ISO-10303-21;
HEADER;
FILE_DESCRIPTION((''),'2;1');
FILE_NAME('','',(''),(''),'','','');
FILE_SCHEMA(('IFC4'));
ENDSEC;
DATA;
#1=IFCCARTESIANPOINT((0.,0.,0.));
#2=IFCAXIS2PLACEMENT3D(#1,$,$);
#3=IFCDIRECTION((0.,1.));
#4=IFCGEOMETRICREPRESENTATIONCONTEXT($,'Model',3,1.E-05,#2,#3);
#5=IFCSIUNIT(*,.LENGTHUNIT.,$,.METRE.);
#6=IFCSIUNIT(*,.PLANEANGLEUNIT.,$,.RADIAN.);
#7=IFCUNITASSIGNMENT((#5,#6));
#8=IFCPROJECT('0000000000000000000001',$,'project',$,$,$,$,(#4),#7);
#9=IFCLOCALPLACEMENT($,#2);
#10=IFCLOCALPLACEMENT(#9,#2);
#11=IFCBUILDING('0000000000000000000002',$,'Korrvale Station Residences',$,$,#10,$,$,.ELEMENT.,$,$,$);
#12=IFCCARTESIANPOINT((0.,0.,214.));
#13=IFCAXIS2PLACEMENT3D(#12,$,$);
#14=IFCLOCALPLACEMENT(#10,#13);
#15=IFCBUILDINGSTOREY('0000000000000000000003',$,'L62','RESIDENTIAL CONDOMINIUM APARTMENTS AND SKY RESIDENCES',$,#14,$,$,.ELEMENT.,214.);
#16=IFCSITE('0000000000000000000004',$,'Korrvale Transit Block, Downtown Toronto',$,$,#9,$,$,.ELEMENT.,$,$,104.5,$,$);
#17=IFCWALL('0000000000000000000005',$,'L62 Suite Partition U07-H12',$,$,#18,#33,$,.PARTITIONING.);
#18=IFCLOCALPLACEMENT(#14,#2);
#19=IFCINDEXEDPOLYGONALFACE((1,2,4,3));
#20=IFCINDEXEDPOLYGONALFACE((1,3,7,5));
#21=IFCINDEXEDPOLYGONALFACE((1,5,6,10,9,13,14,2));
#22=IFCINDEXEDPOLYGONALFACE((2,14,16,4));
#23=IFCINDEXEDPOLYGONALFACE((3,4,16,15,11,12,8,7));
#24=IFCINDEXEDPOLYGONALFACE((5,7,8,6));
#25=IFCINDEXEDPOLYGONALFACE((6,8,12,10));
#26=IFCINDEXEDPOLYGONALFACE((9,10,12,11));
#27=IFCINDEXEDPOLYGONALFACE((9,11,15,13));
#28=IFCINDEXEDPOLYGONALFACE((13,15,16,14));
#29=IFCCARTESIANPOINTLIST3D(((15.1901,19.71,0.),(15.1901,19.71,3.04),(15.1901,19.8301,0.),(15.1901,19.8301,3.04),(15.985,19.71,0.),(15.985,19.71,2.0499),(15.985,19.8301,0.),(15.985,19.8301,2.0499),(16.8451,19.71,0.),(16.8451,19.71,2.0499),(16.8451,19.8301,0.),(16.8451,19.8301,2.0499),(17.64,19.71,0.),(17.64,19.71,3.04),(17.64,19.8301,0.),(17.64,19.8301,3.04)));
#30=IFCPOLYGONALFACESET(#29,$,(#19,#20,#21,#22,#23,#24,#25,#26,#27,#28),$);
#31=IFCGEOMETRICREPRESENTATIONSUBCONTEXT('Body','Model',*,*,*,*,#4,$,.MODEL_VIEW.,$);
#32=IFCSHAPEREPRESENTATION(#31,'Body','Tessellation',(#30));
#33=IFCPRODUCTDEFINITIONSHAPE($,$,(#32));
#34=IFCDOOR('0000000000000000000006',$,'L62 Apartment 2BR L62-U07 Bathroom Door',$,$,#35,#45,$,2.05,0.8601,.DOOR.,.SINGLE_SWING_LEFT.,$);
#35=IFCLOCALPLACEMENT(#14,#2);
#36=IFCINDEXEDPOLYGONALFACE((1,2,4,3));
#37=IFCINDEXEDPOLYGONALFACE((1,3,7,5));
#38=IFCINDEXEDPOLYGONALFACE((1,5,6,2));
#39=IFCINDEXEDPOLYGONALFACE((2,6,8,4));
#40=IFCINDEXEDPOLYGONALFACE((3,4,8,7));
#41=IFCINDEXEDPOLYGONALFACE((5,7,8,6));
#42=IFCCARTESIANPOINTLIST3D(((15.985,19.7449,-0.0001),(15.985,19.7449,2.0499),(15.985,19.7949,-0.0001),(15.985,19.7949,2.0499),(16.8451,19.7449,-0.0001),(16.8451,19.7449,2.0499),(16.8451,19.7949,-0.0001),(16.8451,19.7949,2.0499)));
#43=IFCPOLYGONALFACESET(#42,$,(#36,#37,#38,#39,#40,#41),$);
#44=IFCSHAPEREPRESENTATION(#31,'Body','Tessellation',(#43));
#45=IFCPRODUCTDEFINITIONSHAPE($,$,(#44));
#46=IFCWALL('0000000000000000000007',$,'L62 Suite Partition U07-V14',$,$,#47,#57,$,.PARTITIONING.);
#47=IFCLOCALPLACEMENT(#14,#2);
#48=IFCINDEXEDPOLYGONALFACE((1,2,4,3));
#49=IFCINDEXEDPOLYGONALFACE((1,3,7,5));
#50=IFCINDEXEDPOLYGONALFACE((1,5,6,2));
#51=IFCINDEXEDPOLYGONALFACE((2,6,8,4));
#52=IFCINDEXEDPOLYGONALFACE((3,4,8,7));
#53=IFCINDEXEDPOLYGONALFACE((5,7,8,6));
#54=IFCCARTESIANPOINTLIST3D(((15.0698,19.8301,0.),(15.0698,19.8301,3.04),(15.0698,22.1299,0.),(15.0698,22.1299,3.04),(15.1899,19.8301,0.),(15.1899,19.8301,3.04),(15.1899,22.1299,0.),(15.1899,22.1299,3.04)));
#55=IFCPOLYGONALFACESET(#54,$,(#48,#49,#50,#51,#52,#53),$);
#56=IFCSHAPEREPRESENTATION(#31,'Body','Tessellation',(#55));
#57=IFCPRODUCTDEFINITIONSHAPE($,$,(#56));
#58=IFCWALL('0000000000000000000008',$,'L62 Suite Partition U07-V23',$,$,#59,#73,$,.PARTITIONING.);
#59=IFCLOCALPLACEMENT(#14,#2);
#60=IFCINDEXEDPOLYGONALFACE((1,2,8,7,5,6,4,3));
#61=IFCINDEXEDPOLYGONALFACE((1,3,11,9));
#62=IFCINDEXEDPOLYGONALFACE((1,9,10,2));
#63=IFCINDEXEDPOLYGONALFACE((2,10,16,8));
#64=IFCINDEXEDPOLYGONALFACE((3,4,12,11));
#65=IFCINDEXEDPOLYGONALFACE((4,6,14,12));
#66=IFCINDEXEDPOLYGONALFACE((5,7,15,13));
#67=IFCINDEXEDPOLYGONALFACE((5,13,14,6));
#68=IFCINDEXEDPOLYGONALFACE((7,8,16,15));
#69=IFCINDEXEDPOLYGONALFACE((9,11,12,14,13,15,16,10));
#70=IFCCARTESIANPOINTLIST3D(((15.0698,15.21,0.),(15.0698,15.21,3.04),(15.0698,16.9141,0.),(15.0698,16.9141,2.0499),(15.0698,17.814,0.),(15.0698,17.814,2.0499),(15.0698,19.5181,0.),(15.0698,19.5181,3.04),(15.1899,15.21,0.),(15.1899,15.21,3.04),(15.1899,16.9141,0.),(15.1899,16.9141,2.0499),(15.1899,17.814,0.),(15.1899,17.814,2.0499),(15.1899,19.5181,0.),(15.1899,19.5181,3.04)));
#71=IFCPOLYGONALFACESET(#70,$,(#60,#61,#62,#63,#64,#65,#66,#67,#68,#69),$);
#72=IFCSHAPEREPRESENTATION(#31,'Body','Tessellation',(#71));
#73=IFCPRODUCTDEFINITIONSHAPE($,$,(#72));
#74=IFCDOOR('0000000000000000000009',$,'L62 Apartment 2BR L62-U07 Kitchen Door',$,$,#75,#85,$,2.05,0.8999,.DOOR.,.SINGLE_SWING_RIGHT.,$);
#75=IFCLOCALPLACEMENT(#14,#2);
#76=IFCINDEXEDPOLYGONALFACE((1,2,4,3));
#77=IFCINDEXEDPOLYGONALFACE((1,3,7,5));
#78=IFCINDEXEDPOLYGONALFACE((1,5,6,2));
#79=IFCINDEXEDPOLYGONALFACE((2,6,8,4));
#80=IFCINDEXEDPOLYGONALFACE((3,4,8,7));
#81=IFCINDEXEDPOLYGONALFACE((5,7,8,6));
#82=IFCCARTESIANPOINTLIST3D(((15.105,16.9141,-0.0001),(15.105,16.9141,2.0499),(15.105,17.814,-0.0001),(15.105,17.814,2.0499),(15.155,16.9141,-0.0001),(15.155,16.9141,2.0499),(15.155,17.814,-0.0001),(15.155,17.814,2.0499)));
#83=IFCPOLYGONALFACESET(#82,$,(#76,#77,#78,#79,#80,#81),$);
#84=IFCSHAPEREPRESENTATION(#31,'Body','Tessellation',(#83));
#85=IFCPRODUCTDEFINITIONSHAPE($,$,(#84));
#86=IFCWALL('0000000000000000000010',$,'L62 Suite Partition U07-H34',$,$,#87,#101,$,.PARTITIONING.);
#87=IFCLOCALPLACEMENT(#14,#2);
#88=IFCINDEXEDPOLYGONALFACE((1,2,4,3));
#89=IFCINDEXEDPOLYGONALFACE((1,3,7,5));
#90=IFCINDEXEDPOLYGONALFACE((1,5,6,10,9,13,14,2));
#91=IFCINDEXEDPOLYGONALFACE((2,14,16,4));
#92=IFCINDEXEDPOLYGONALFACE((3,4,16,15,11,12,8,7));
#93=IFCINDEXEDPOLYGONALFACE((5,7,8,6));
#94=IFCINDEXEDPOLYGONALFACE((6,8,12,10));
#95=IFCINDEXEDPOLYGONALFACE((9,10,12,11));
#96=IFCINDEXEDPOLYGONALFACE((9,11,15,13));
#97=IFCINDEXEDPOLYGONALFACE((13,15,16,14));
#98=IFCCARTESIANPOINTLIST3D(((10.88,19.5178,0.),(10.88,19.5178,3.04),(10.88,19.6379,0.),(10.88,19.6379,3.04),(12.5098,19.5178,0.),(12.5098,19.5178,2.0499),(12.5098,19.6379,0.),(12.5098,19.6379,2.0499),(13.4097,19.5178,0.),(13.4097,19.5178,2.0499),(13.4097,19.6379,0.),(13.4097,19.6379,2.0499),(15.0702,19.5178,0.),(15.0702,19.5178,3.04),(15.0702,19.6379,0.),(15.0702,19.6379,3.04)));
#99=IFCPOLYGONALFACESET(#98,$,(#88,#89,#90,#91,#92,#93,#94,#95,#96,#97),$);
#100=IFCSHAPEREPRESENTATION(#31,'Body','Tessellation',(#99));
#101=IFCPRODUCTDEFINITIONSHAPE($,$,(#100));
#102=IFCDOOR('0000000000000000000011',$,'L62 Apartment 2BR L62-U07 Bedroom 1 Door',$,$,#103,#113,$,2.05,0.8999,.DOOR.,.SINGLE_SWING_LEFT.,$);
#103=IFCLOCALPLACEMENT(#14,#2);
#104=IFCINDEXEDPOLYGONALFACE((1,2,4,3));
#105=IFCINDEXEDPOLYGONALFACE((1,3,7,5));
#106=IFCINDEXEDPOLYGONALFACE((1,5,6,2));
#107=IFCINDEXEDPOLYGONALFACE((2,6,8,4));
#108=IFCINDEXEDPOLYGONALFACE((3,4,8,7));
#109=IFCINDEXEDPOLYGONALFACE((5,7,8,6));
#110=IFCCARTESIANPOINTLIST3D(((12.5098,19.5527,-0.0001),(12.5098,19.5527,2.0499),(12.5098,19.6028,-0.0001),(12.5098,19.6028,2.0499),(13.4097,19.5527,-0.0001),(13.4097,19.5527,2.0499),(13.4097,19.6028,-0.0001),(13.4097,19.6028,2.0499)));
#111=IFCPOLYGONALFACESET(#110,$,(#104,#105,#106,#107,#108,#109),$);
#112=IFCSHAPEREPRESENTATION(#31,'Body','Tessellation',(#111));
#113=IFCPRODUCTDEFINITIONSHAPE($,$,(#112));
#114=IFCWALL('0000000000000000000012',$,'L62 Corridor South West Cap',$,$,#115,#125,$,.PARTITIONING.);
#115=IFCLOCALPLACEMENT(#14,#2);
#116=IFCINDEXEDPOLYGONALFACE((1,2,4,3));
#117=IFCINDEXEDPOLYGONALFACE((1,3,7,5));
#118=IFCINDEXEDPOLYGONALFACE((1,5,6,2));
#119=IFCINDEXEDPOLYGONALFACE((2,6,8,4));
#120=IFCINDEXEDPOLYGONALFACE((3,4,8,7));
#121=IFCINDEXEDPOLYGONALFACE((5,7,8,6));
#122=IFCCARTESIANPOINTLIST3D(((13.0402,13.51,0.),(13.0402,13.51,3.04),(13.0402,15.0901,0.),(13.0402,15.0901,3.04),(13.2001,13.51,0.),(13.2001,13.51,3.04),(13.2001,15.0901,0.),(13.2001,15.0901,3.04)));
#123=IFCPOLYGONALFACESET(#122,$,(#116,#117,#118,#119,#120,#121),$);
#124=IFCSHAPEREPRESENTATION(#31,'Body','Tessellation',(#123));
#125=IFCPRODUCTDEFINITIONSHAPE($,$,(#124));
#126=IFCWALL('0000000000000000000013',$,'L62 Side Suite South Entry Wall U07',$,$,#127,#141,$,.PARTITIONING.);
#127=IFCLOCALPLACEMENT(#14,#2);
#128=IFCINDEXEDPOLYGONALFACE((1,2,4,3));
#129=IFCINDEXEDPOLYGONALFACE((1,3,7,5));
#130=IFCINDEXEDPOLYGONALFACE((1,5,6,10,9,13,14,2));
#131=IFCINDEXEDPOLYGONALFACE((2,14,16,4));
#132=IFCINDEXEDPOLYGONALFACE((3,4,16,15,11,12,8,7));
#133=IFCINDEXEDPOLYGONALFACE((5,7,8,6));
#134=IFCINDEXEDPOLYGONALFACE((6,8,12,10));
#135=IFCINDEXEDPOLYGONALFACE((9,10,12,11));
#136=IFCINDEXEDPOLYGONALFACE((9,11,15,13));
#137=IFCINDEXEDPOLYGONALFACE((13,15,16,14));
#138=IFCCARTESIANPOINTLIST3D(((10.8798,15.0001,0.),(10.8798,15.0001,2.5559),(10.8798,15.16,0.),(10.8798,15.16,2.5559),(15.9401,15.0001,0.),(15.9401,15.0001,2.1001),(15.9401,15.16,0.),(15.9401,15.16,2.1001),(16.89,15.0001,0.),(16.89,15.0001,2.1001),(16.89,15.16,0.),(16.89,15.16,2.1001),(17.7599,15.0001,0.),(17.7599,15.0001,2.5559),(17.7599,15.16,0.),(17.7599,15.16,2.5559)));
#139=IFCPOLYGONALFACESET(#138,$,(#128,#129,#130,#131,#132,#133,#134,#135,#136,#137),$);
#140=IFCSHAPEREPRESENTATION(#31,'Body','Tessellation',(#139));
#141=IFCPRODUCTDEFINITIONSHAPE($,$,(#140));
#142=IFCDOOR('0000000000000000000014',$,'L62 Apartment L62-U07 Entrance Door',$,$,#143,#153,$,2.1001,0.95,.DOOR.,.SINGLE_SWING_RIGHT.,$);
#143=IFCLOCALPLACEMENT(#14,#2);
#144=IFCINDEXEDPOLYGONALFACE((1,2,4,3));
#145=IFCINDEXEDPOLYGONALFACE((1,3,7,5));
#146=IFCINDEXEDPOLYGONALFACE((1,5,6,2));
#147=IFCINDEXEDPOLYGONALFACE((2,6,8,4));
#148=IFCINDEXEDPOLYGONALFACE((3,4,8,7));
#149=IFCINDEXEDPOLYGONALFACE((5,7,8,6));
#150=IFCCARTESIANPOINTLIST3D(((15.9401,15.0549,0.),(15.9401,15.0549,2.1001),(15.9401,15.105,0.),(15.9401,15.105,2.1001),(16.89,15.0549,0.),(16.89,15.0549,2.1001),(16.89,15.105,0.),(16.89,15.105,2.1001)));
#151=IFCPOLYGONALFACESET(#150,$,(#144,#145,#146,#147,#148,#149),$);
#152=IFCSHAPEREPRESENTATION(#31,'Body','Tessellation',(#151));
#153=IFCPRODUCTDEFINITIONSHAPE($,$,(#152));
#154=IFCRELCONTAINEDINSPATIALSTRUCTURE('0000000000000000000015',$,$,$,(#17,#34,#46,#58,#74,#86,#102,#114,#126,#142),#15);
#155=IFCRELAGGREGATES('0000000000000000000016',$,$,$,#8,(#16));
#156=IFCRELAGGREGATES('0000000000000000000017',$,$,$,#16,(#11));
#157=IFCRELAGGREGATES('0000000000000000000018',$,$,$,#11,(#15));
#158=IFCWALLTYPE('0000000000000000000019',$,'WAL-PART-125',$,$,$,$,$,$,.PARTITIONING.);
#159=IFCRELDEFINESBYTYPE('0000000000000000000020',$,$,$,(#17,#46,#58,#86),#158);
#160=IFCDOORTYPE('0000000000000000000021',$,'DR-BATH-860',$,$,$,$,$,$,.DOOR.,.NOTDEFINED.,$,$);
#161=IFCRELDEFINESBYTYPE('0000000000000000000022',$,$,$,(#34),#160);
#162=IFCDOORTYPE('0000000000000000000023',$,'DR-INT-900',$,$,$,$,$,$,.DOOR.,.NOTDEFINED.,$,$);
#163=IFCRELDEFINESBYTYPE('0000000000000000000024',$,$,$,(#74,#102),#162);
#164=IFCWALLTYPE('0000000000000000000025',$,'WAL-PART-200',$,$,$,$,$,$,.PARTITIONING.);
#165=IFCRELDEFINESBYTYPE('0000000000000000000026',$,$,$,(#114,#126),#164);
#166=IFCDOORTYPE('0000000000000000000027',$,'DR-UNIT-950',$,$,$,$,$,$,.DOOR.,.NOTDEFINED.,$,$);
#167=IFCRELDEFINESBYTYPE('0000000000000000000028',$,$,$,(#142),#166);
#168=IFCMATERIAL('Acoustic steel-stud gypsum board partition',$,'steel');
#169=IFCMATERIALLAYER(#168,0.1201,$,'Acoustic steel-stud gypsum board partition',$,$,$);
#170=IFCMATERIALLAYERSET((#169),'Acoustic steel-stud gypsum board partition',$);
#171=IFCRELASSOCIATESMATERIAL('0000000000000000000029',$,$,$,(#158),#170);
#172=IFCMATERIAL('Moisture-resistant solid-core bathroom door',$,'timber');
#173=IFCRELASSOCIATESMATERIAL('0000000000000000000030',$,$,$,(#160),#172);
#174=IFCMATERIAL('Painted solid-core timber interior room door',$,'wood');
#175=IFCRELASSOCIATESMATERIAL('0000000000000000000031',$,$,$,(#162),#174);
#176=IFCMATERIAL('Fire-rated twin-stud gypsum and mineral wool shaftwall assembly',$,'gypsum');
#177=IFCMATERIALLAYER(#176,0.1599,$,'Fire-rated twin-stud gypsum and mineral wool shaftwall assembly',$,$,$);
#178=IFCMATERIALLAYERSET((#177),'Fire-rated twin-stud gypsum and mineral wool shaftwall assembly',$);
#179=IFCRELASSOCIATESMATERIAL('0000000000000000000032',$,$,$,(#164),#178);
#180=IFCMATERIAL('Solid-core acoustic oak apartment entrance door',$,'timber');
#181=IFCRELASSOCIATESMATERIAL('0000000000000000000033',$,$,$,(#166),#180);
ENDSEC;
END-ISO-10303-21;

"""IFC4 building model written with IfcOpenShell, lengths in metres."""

from ifc_helpers import new_model, si_unit, direction, frame, frame_2d, origin, place, context, subcontext, project, spatial, rectangle, extrude, material, layer, layer_set, type_object, element, fill, save


model = new_model("IFC4")

# Units and contexts
model_context = context("Model", 3, precision=1e-05, world=origin(), true_north=direction((0.0, 1.0)))
body_context = subcontext(model_context, "Body", "Model", "MODEL_VIEW")
ifc_project = project(units=[si_unit("LENGTHUNIT", "METRE"), si_unit("PLANEANGLEUNIT", "RADIAN")], contexts=[model_context])

# Site, building, storey
site_placement = place(None, origin())
site = spatial("IfcSite", under=ifc_project, at=site_placement, Name="Korrvale Transit Block, Downtown Toronto", CompositionType="ELEMENT", RefElevation=104.5)
building_placement = place(site_placement, origin())
building = spatial("IfcBuilding", under=site, at=building_placement, Name="Korrvale Station Residences", CompositionType="ELEMENT")
storey_placement = place(building_placement, frame((0.0, 0.0, 214.0)))
storey = spatial("IfcBuildingStorey", under=building, at=storey_placement, Name="L62", Description="RESIDENTIAL CONDOMINIUM APARTMENTS AND SKY RESIDENCES", CompositionType="ELEMENT", Elevation=214.0)

# Shared definitions
ifc_material_1 = material(Name="Acoustic steel-stud gypsum board partition", Category="steel")
ifc_layer_1 = layer(ifc_material_1, 0.1201, Name="Acoustic steel-stud gypsum board partition")
ifc_layer_set_1 = layer_set([ifc_layer_1], Name="Acoustic steel-stud gypsum board partition")
wall_type_1 = type_object("IfcWallType", Name="WAL-PART-125", PredefinedType="PARTITIONING", material=ifc_layer_set_1)

# Wall, opening, door
wall_1_placement = place(storey_placement, frame((15.1899, 19.77, 0.0), z_axis=(0.0, 0.0, 1.0), x_axis=(1.0, 0.0, 0.0)))
wall_1 = element("IfcWall", 1, at=wall_1_placement, inside=storey, type_object=wall_type_1, Name="L62 Suite Partition U07-H12", PredefinedType="PARTITIONING", context=body_context, shape_type="SweptSolid", body=[
    extrude(rectangle(XDim=2.45, YDim=0.1201, at=frame_2d((1.2251, 0.0))), origin(), (0.0, 0.0, 1.0), 3.04),
])
opening_1_placement = place(wall_1_placement, frame((0.7949, 0.0, 0.0)))
opening_1 = element("IfcOpeningElement", 2, at=opening_1_placement, cuts=wall_1, PredefinedType="OPENING", context=body_context, shape_type="SweptSolid", body=[
    extrude(rectangle(XDim=0.8601, YDim=2.05, at=frame_2d((0.4302, 1.0249))), frame((0.0, 0.0701, 0.0), z_axis=(0.0, -1.0, 0.0), x_axis=(1.0, 0.0, 0.0)), (0.0, 0.0, 1.0), 0.1401),
])
ifc_material_2 = material(Name="Moisture-resistant solid-core bathroom door", Category="timber")
door_type_1 = type_object("IfcDoorType", Name="DR-BATH-860", OperationType="NOTDEFINED", PredefinedType="DOOR", material=ifc_material_2)
door_1_placement = place(opening_1_placement, origin())
door_1 = element("IfcDoor", 3, at=door_1_placement, inside=storey, type_object=door_type_1, Name="L62 Apartment 2BR L62-U07 Bathroom Door", OperationType="SINGLE_SWING_LEFT", OverallHeight=2.05, OverallWidth=0.8601, PredefinedType="DOOR", context=body_context, shape_type="SweptSolid", body=[
    extrude(rectangle(XDim=0.8601, YDim=2.05, at=frame_2d((0.4302, 1.0249))), frame((0.0, 0.0249, 0.0), z_axis=(0.0, -1.0, 0.0), x_axis=(1.0, 0.0, 0.0)), (0.0, 0.0, 1.0), 0.05),
])
fill(opening_1, door_1)

# Wall
wall_2_placement = place(storey_placement, frame((15.1299, 19.8301, 0.0), z_axis=(0.0, 0.0, 1.0), x_axis=(0.0, 1.0, 0.0)))
element("IfcWall", 4, at=wall_2_placement, inside=storey, type_object=wall_type_1, Name="L62 Suite Partition U07-V14", PredefinedType="PARTITIONING", context=body_context, shape_type="SweptSolid", body=[
    extrude(rectangle(XDim=2.2998, YDim=0.1201, at=frame_2d((1.1499, 0.0))), origin(), (0.0, 0.0, 1.0), 3.04),
])

# Walls, openings, doors
wall_3_placement = place(storey_placement, frame((15.1299, 15.21, 0.0), z_axis=(0.0, 0.0, 1.0), x_axis=(0.0, 1.0, 0.0)))
wall_3 = element("IfcWall", 5, at=wall_3_placement, inside=storey, type_object=wall_type_1, Name="L62 Suite Partition U07-V23", PredefinedType="PARTITIONING", context=body_context, shape_type="SweptSolid", body=[
    extrude(rectangle(XDim=4.3081, YDim=0.1201, at=frame_2d((2.1541, 0.0))), origin(), (0.0, 0.0, 1.0), 3.04),
])
opening_2_placement = place(wall_3_placement, frame((1.7041, 0.0, 0.0)))
opening_2 = element("IfcOpeningElement", 6, at=opening_2_placement, cuts=wall_3, PredefinedType="OPENING", context=body_context, shape_type="SweptSolid", body=[
    extrude(rectangle(XDim=0.8999, YDim=2.05, at=frame_2d((0.45, 1.0249))), frame((0.0, 0.0701, 0.0), z_axis=(0.0, -1.0, 0.0), x_axis=(1.0, 0.0, 0.0)), (0.0, 0.0, 1.0), 0.1401),
])
ifc_material_3 = material(Name="Painted solid-core timber interior room door", Category="wood")
door_type_2 = type_object("IfcDoorType", Name="DR-INT-900", OperationType="NOTDEFINED", PredefinedType="DOOR", material=ifc_material_3)
door_2_placement = place(opening_2_placement, origin())
door_2 = element("IfcDoor", 7, at=door_2_placement, inside=storey, type_object=door_type_2, Name="L62 Apartment 2BR L62-U07 Kitchen Door", OperationType="SINGLE_SWING_RIGHT", OverallHeight=2.05, OverallWidth=0.8999, PredefinedType="DOOR", context=body_context, shape_type="SweptSolid", body=[
    extrude(rectangle(XDim=0.8999, YDim=2.05, at=frame_2d((0.45, 1.0249))), frame((0.0, 0.0249, 0.0), z_axis=(0.0, -1.0, 0.0), x_axis=(1.0, 0.0, 0.0)), (0.0, 0.0, 1.0), 0.05),
])
fill(opening_2, door_2)
wall_4_placement = place(storey_placement, frame((10.8799, 19.5779, 0.0), z_axis=(0.0, 0.0, 1.0), x_axis=(1.0, 0.0, 0.0)))
wall_4 = element("IfcWall", 8, at=wall_4_placement, inside=storey, type_object=wall_type_1, Name="L62 Suite Partition U07-H34", PredefinedType="PARTITIONING", context=body_context, shape_type="SweptSolid", body=[
    extrude(rectangle(XDim=4.1902, YDim=0.1201, at=frame_2d((2.0952, 0.0))), origin(), (0.0, 0.0, 1.0), 3.04),
])
opening_3_placement = place(wall_4_placement, frame((1.6299, 0.0, 0.0)))
opening_3 = element("IfcOpeningElement", 9, at=opening_3_placement, cuts=wall_4, PredefinedType="OPENING", context=body_context, shape_type="SweptSolid", body=[
    extrude(rectangle(XDim=0.8999, YDim=2.05, at=frame_2d((0.45, 1.0249))), frame((0.0, 0.0701, 0.0), z_axis=(0.0, -1.0, 0.0), x_axis=(1.0, 0.0, 0.0)), (0.0, 0.0, 1.0), 0.1401),
])
door_3_placement = place(opening_3_placement, origin())
door_3 = element("IfcDoor", 10, at=door_3_placement, inside=storey, type_object=door_type_2, Name="L62 Apartment 2BR L62-U07 Bedroom 1 Door", OperationType="SINGLE_SWING_LEFT", OverallHeight=2.05, OverallWidth=0.8999, PredefinedType="DOOR", context=body_context, shape_type="SweptSolid", body=[
    extrude(rectangle(XDim=0.8999, YDim=2.05, at=frame_2d((0.45, 1.0249))), frame((0.0, 0.0249, 0.0), z_axis=(0.0, -1.0, 0.0), x_axis=(1.0, 0.0, 0.0)), (0.0, 0.0, 1.0), 0.05),
])
fill(opening_3, door_3)

# Wall
ifc_material_4 = material(Name="Fire-rated twin-stud gypsum and mineral wool shaftwall assembly", Category="gypsum")
ifc_layer_2 = layer(ifc_material_4, 0.1599, Name="Fire-rated twin-stud gypsum and mineral wool shaftwall assembly")
ifc_layer_set_2 = layer_set([ifc_layer_2], Name="Fire-rated twin-stud gypsum and mineral wool shaftwall assembly")
wall_type_2 = type_object("IfcWallType", Name="WAL-PART-200", PredefinedType="PARTITIONING", material=ifc_layer_set_2)
wall_5_placement = place(storey_placement, frame((13.1201, 13.51, 0.0), z_axis=(0.0, 0.0, 1.0), x_axis=(0.0, 1.0, 0.0)))
element("IfcWall", 11, at=wall_5_placement, inside=storey, type_object=wall_type_2, Name="L62 Corridor South West Cap", PredefinedType="PARTITIONING", context=body_context, shape_type="SweptSolid", body=[
    extrude(rectangle(XDim=1.5801, YDim=0.1599, at=frame_2d((0.79, 0.0))), origin(), (0.0, 0.0, 1.0), 3.04),
])

# Wall, opening, door
wall_6_placement = place(storey_placement, frame((10.8799, 15.0801, 0.0), z_axis=(0.0, 0.0, 1.0), x_axis=(1.0, 0.0, 0.0)))
wall_6 = element("IfcWall", 12, at=wall_6_placement, inside=storey, type_object=wall_type_2, Name="L62 Side Suite South Entry Wall U07", PredefinedType="PARTITIONING", context=body_context, shape_type="SweptSolid", body=[
    extrude(rectangle(XDim=6.8801, YDim=0.1599, at=frame_2d((3.4399, 0.0))), origin(), (0.0, 0.0, 1.0), 2.5559),
])
opening_4_placement = place(wall_6_placement, frame((5.0601, 0.0, 0.0)))
opening_4 = element("IfcOpeningElement", 13, at=opening_4_placement, cuts=wall_6, PredefinedType="OPENING", context=body_context, shape_type="SweptSolid", body=[
    extrude(rectangle(XDim=0.95, YDim=2.1001, at=frame_2d((0.4751, 1.05))), frame((0.0, 0.0898, 0.0), z_axis=(0.0, -1.0, 0.0), x_axis=(1.0, 0.0, 0.0)), (0.0, 0.0, 1.0), 0.1799),
])
ifc_material_5 = material(Name="Solid-core acoustic oak apartment entrance door", Category="timber")
door_type_3 = type_object("IfcDoorType", Name="DR-UNIT-950", OperationType="NOTDEFINED", PredefinedType="DOOR", material=ifc_material_5)
door_4_placement = place(opening_4_placement, origin())
door_4 = element("IfcDoor", 14, at=door_4_placement, inside=storey, type_object=door_type_3, Name="L62 Apartment L62-U07 Entrance Door", OperationType="SINGLE_SWING_RIGHT", OverallHeight=2.1001, OverallWidth=0.95, PredefinedType="DOOR", context=body_context, shape_type="SweptSolid", body=[
    extrude(rectangle(XDim=0.95, YDim=2.1001, at=frame_2d((0.4751, 1.05))), frame((0.0, 0.0249, 0.0), z_axis=(0.0, -1.0, 0.0), x_axis=(1.0, 0.0, 0.0)), (0.0, 0.0, 1.0), 0.05),
])
fill(opening_4, door_4)

save(model, "model.ifc")
